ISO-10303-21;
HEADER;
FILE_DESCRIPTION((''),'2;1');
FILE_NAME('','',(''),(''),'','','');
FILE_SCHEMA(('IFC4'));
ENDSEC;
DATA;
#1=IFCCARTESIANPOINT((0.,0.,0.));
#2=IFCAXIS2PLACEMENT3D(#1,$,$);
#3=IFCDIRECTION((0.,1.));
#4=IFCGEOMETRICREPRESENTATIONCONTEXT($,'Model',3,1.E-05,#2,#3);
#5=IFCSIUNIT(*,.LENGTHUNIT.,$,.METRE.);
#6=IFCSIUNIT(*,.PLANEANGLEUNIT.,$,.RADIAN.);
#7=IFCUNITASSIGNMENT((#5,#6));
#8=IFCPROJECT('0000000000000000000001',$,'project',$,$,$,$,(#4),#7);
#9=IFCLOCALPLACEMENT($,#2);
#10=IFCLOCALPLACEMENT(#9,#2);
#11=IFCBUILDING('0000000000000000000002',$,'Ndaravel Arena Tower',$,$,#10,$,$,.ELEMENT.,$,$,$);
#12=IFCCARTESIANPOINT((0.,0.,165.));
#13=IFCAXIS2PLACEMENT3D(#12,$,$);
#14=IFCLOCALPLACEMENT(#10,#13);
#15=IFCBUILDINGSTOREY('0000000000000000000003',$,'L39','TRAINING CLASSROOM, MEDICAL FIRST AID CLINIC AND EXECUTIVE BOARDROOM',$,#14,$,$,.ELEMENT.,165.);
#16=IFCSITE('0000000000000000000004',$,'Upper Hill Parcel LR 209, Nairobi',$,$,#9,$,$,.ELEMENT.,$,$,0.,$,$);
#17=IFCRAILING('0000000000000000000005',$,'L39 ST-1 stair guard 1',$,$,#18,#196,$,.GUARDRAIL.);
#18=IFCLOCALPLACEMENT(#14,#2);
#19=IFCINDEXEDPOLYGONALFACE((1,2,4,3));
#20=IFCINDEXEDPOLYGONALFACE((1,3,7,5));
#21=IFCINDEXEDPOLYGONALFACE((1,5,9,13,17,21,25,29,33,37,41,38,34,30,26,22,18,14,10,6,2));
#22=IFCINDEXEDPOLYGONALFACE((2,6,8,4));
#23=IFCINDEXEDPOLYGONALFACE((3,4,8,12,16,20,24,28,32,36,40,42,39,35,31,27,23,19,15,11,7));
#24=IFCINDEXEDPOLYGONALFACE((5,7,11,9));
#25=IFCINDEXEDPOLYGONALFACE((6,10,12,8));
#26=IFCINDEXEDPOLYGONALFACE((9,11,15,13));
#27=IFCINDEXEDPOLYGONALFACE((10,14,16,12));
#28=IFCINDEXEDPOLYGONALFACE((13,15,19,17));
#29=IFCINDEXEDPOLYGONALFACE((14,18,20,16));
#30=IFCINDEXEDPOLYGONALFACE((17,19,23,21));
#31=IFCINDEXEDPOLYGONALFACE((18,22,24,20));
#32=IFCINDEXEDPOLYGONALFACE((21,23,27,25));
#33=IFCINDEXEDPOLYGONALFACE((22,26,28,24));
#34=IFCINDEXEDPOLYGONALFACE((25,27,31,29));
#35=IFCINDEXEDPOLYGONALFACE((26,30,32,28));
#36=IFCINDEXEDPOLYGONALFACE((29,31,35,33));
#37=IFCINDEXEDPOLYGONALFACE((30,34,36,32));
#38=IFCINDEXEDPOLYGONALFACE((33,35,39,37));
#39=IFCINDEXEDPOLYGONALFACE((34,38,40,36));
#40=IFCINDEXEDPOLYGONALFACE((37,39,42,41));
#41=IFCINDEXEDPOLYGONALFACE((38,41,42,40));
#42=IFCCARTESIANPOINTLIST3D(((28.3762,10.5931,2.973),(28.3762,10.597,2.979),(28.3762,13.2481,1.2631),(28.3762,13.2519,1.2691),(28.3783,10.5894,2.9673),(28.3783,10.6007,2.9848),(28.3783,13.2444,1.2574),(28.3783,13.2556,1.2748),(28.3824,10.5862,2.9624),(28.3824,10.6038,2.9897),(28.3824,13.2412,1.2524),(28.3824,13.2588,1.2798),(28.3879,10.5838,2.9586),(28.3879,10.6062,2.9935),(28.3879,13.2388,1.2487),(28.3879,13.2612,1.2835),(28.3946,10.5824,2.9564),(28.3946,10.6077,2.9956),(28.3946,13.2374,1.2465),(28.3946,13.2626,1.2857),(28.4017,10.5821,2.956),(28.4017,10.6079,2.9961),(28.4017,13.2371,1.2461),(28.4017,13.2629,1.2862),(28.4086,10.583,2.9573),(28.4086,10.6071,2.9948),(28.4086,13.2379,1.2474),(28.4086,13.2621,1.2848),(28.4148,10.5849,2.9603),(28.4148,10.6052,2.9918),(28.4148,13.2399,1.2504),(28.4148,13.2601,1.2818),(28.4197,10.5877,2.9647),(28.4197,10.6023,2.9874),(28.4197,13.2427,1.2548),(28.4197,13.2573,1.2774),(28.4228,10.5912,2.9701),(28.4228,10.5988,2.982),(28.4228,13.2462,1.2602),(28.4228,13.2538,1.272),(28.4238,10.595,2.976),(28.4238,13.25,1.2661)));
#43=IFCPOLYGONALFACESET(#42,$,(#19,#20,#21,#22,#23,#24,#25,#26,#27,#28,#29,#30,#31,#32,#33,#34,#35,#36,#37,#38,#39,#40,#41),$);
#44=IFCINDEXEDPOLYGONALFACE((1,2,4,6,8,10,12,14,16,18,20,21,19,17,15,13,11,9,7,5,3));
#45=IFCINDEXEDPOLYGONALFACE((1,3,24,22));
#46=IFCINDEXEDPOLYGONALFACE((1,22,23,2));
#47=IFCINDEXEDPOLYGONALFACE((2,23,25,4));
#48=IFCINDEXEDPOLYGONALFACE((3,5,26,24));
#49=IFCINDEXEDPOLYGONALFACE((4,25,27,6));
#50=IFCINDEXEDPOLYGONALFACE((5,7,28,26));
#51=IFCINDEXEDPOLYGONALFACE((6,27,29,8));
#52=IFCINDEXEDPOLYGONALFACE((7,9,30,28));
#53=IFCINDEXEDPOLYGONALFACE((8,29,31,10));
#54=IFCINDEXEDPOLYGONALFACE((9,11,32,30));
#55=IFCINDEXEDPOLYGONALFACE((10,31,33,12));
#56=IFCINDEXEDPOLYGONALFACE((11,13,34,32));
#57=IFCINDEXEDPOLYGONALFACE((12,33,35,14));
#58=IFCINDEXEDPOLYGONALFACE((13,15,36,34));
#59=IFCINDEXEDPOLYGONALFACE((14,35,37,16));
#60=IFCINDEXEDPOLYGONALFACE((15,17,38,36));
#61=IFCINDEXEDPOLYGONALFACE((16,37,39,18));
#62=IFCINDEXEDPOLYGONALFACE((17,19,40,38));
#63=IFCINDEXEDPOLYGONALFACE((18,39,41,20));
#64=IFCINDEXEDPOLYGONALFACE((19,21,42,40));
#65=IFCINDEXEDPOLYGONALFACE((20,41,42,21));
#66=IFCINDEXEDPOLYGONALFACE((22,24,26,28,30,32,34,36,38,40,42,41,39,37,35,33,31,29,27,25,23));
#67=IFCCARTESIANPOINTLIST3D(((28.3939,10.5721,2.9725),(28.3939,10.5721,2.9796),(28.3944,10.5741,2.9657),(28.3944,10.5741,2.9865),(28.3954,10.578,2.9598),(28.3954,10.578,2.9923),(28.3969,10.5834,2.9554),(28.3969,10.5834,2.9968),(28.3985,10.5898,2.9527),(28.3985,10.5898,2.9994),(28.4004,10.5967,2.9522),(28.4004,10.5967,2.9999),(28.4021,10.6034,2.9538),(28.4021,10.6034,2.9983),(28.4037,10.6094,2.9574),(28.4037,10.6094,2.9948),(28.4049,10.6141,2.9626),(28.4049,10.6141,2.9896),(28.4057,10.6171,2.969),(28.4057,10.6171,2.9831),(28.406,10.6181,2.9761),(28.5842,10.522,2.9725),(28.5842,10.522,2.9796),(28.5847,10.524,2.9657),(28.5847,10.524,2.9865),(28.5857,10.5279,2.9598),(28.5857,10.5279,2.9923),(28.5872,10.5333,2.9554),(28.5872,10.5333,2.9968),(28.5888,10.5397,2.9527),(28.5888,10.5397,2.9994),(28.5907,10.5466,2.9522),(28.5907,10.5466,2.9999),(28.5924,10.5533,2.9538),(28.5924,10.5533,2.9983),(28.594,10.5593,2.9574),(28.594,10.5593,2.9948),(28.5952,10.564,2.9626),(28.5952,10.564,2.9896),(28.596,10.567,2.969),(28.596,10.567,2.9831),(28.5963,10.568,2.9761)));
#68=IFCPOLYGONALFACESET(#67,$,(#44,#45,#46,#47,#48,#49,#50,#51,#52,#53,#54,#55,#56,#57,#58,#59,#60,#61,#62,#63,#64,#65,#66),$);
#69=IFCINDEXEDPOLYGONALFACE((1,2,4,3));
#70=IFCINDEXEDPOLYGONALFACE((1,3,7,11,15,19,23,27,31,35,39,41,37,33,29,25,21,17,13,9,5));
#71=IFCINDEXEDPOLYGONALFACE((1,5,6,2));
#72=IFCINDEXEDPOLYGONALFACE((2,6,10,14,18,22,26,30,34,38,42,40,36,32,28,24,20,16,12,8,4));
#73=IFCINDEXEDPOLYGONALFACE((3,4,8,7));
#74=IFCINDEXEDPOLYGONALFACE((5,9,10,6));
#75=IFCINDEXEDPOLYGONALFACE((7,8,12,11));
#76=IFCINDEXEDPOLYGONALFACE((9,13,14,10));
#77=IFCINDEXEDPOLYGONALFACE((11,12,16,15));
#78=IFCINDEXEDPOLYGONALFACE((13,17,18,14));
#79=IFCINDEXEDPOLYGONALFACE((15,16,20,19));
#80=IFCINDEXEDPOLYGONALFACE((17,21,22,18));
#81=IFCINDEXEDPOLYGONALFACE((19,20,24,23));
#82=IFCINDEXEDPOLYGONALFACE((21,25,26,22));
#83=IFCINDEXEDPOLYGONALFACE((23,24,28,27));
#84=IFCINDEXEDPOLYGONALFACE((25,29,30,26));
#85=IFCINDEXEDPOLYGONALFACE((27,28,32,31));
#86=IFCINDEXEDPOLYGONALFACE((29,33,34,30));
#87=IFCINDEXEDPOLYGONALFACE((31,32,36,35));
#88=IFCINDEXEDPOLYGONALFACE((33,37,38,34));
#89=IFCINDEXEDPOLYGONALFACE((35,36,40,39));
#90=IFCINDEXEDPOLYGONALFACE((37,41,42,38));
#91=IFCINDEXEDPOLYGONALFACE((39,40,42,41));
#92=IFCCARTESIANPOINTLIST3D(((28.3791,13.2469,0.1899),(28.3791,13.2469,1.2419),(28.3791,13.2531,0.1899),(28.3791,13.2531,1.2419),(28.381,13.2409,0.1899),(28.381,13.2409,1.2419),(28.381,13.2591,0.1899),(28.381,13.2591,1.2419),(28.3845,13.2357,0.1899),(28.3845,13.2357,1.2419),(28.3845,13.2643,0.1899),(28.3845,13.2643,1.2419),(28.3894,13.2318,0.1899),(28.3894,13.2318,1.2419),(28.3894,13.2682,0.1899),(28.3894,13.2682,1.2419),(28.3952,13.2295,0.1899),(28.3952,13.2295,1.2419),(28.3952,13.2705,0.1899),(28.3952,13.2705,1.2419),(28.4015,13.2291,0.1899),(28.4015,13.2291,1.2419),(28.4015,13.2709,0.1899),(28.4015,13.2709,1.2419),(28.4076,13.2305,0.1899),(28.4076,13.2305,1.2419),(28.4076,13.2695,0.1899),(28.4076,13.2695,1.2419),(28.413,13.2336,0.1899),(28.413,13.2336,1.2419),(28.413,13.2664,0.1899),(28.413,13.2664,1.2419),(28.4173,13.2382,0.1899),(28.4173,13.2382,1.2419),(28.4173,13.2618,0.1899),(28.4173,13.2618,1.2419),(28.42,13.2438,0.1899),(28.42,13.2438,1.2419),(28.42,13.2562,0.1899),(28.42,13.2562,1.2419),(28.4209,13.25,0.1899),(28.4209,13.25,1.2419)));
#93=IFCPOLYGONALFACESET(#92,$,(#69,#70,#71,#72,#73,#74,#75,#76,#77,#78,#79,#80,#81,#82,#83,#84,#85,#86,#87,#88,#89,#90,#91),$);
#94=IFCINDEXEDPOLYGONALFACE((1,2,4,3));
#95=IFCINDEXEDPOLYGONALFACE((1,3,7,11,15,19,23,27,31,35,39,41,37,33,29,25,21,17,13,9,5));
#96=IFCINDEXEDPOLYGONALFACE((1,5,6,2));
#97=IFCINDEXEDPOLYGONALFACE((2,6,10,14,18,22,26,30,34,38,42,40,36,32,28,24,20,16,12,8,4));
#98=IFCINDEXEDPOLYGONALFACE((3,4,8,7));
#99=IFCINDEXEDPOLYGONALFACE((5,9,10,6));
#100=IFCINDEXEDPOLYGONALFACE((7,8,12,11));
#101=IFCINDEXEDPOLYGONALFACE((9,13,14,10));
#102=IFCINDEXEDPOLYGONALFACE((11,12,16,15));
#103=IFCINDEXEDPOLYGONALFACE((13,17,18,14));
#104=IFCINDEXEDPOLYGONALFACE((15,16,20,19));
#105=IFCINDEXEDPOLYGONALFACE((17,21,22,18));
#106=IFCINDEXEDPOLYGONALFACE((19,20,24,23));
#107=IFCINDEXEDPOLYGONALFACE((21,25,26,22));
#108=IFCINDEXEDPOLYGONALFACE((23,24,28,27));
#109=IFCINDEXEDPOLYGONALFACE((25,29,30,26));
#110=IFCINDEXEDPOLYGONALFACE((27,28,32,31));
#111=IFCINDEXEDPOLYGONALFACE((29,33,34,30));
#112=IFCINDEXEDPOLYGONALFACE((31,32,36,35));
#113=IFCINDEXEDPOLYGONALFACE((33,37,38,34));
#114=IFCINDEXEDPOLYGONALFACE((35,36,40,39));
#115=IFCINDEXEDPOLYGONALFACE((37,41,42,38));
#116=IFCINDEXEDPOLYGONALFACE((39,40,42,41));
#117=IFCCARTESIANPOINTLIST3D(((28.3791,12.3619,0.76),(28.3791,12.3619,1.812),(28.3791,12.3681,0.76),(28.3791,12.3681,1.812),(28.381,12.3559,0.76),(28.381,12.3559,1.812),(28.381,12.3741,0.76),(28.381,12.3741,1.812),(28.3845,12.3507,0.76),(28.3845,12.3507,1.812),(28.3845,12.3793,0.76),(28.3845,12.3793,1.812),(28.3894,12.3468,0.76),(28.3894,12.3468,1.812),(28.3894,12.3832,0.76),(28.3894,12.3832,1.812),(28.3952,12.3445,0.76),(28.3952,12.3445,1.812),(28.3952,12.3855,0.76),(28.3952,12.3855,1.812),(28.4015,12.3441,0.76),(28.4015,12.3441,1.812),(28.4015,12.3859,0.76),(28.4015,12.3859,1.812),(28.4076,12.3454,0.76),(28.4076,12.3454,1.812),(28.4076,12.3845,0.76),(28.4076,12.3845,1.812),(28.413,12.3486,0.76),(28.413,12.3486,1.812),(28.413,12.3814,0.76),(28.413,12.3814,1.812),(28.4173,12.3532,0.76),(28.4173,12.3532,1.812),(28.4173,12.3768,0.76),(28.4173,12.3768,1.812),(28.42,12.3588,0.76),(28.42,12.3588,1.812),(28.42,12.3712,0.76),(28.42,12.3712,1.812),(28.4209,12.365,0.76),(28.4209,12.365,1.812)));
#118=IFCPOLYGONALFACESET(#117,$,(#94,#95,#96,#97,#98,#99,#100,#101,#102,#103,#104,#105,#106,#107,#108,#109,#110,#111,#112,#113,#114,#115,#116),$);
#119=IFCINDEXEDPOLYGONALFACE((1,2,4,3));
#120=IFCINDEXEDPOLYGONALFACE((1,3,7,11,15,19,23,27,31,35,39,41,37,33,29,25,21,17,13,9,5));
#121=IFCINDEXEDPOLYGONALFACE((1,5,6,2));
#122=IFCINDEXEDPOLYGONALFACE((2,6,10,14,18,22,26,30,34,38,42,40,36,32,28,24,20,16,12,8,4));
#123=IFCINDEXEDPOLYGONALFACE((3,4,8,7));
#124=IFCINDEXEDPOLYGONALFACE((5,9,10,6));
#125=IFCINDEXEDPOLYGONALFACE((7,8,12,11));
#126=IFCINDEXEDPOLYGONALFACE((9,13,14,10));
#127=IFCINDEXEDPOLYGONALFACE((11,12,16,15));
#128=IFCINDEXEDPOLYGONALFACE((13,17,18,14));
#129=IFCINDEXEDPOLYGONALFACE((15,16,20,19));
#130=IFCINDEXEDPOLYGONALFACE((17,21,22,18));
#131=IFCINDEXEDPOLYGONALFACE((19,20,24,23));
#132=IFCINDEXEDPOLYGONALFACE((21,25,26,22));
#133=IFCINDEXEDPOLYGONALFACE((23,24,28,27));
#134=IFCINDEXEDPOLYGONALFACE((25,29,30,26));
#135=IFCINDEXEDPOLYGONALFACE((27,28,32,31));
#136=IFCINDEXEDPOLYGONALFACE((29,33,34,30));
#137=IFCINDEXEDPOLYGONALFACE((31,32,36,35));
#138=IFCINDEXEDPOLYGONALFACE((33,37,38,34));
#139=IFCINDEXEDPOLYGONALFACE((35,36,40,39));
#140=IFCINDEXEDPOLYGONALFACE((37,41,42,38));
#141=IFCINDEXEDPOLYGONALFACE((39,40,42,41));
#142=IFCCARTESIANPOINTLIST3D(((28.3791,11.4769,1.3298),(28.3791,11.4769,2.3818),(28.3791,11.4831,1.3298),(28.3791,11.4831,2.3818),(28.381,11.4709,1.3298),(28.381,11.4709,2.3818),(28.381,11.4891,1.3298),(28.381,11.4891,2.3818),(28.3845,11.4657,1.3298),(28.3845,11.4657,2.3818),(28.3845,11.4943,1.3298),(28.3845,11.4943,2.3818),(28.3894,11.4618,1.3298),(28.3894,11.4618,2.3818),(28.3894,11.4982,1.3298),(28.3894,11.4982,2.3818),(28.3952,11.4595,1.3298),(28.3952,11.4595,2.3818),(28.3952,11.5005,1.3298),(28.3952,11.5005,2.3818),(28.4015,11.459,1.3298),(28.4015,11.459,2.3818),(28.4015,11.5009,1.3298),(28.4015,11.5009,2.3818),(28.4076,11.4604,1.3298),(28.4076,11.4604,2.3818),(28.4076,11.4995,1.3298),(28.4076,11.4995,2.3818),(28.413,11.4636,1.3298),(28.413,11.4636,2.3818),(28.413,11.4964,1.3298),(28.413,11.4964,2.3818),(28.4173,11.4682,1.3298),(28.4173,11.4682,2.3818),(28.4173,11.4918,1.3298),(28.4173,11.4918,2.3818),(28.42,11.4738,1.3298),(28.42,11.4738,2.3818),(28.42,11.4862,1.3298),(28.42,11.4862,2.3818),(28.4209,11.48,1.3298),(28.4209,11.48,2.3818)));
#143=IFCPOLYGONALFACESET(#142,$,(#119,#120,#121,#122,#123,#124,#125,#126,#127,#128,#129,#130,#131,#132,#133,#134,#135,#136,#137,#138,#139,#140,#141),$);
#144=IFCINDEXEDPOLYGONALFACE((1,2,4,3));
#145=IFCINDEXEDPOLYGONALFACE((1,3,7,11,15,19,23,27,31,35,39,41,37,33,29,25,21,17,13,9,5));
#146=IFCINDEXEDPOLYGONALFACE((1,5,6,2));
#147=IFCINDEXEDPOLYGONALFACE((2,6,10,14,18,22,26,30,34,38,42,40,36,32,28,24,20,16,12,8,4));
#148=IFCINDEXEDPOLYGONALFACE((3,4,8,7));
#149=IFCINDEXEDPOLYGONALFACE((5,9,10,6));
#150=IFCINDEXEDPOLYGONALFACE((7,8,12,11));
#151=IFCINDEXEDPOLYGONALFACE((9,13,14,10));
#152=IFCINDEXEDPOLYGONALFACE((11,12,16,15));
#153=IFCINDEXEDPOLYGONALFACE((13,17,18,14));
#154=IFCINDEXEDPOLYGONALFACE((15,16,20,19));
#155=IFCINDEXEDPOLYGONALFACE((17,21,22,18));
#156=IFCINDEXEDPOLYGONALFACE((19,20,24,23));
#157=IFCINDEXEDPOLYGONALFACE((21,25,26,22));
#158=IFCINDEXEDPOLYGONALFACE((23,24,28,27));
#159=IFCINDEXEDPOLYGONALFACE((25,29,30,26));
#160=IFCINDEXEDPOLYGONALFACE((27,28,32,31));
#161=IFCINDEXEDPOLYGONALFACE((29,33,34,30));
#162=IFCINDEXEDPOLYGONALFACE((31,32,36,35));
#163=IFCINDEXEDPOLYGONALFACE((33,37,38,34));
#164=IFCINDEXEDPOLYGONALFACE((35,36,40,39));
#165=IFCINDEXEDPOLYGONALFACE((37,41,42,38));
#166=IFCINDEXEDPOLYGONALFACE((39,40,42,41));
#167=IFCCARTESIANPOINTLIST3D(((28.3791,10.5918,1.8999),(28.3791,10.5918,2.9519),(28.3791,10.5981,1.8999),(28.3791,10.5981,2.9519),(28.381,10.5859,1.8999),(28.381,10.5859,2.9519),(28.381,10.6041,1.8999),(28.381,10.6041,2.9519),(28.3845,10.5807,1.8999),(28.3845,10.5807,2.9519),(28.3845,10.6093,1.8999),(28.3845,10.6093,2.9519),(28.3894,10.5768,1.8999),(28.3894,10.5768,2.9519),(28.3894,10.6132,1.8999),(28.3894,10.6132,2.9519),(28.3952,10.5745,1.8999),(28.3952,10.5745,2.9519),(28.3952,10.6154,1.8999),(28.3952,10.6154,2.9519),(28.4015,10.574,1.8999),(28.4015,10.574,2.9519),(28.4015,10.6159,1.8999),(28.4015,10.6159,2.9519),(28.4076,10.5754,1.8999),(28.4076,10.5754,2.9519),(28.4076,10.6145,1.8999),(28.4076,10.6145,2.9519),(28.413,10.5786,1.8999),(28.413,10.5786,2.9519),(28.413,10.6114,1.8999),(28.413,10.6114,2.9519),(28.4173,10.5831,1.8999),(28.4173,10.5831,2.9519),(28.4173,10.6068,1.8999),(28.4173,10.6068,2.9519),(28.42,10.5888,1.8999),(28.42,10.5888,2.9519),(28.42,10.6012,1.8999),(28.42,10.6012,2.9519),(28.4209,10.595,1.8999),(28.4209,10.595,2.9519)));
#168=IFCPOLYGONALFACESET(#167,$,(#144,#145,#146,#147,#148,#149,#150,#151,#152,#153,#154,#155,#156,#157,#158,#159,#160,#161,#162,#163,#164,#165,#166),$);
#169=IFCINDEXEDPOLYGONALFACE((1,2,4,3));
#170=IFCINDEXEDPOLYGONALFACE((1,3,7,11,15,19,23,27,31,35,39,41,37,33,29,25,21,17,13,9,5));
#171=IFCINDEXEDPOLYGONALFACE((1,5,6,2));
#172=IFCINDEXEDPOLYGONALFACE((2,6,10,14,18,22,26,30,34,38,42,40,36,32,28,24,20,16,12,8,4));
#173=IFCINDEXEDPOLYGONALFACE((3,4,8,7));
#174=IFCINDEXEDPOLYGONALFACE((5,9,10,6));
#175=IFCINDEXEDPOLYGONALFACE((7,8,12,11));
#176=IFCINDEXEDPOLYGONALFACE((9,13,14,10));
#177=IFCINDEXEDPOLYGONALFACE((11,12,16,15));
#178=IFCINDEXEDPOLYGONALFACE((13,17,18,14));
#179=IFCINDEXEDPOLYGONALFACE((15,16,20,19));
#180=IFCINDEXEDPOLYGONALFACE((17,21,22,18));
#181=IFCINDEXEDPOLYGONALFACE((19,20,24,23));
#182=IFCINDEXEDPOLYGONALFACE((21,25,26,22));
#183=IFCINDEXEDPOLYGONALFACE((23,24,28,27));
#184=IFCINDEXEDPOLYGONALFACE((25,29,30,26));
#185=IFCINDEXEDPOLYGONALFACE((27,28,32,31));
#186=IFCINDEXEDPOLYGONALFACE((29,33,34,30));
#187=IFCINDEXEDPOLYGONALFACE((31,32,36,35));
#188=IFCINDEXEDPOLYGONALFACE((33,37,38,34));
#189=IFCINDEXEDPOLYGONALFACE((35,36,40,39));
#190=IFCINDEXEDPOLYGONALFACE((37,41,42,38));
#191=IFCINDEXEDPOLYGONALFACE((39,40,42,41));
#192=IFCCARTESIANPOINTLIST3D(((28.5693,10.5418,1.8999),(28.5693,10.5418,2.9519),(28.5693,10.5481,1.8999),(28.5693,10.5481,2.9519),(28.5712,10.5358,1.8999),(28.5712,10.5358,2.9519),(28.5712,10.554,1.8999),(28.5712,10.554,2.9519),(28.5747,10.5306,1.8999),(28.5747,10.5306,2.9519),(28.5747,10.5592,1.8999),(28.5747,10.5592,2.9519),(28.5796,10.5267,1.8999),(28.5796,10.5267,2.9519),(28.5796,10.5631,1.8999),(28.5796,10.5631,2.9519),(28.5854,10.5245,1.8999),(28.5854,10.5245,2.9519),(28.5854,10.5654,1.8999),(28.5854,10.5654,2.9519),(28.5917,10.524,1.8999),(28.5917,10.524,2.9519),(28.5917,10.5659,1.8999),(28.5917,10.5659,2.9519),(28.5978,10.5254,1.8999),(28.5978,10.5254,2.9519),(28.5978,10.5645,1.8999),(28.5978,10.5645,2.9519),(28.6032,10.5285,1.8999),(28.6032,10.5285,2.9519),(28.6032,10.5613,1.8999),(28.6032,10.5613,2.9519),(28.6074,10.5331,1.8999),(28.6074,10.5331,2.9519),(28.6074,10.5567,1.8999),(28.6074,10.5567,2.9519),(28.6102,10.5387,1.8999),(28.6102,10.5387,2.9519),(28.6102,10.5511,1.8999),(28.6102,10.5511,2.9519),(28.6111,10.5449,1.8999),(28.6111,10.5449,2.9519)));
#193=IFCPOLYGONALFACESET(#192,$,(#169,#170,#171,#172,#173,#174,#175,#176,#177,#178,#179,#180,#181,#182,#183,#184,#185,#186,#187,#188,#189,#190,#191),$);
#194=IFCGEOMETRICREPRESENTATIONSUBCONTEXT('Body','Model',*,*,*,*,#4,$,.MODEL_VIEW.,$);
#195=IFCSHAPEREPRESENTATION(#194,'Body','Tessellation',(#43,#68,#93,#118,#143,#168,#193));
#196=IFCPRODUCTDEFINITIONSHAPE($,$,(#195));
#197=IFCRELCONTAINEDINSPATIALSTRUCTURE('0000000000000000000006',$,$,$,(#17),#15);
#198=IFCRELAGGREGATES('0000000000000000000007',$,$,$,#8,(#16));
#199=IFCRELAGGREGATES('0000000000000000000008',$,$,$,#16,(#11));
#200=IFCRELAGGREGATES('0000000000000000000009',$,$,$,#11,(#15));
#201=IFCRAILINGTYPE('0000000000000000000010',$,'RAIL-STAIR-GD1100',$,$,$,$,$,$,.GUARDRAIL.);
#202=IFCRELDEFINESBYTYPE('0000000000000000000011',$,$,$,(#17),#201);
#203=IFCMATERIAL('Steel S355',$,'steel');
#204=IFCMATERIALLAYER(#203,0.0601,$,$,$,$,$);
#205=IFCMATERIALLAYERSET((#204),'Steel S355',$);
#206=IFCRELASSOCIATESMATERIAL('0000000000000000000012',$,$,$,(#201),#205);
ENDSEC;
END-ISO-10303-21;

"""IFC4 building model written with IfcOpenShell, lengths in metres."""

from ifc_helpers import new_model, si_unit, direction, frame, origin, origin_2d, place, context, subcontext, project, spatial, circle, extrude, material, layer, layer_set, type_object, element, save


model = new_model("IFC4")

# Units and contexts
model_context = context("Model", 3, precision=1e-05, world=origin(), true_north=direction((0.0, 1.0)))
body_context = subcontext(model_context, "Body", "Model", "MODEL_VIEW")
ifc_project = project(units=[si_unit("LENGTHUNIT", "METRE"), si_unit("PLANEANGLEUNIT", "RADIAN")], contexts=[model_context])

# Site, building, storey
site_placement = place(None, origin())
site = spatial("IfcSite", under=ifc_project, at=site_placement, Name="Upper Hill Parcel LR 209, Nairobi", CompositionType="ELEMENT", RefElevation=0.0)
building_placement = place(site_placement, origin())
building = spatial("IfcBuilding", under=site, at=building_placement, Name="Ndaravel Arena Tower", CompositionType="ELEMENT")
storey_placement = place(building_placement, frame((0.0, 0.0, 165.0)))
storey = spatial("IfcBuildingStorey", under=building, at=storey_placement, Name="L39", Description="TRAINING CLASSROOM, MEDICAL FIRST AID CLINIC AND EXECUTIVE BOARDROOM", CompositionType="ELEMENT", Elevation=165.0)

# Railing
ifc_material_1 = material(Name="Steel S355", Category="steel")
ifc_layer_1 = layer(ifc_material_1, 0.0601)
ifc_layer_set_1 = layer_set([ifc_layer_1], Name="Steel S355")
railing_type_1 = type_object("IfcRailingType", Name="RAIL-STAIR-GD1100", PredefinedType="GUARDRAIL", material=ifc_layer_set_1)
railing_1_placement = place(storey_placement, frame((28.3999, 13.25, 0.1899)))
element("IfcRailing", 1, at=railing_1_placement, inside=storey, type_object=railing_type_1, Name="L39 ST-1 stair guard 1", PredefinedType="GUARDRAIL", context=body_context, shape_type="SweptSolid", body=[
    extrude(circle(Radius=0.0239, at=origin_2d()), frame((0.0, 0.0, 1.0762), z_axis=(0.0, -0.840724, 0.541465), x_axis=(1.0, 0.0, 0.0)), (0.0, 0.0, 1.0), 3.158),
    extrude(circle(Radius=0.0239, at=origin_2d()), frame((0.0, -2.655, 2.7861), z_axis=(0.967075, -0.254493, 0.0), x_axis=(0.254493, 0.967075, 0.0)), (0.0, 0.0, 1.0), 0.1968),
    extrude(circle(Radius=0.021, at=origin_2d()), origin(), (0.0, 0.0, 1.0), 1.052),
    extrude(circle(Radius=0.021, at=origin_2d()), frame((0.0, -0.885, 0.5701)), (0.0, 0.0, 1.0), 1.052),
    extrude(circle(Radius=0.021, at=origin_2d()), frame((0.0, -1.77, 1.1399)), (0.0, 0.0, 1.0), 1.052),
    extrude(circle(Radius=0.021, at=origin_2d()), frame((0.0, -2.655, 1.71)), (0.0, 0.0, 1.0), 1.052),
    extrude(circle(Radius=0.021, at=origin_2d()), frame((0.1902, -2.7051, 1.71)), (0.0, 0.0, 1.0), 1.052),
])

save(model, "model.ifc")
